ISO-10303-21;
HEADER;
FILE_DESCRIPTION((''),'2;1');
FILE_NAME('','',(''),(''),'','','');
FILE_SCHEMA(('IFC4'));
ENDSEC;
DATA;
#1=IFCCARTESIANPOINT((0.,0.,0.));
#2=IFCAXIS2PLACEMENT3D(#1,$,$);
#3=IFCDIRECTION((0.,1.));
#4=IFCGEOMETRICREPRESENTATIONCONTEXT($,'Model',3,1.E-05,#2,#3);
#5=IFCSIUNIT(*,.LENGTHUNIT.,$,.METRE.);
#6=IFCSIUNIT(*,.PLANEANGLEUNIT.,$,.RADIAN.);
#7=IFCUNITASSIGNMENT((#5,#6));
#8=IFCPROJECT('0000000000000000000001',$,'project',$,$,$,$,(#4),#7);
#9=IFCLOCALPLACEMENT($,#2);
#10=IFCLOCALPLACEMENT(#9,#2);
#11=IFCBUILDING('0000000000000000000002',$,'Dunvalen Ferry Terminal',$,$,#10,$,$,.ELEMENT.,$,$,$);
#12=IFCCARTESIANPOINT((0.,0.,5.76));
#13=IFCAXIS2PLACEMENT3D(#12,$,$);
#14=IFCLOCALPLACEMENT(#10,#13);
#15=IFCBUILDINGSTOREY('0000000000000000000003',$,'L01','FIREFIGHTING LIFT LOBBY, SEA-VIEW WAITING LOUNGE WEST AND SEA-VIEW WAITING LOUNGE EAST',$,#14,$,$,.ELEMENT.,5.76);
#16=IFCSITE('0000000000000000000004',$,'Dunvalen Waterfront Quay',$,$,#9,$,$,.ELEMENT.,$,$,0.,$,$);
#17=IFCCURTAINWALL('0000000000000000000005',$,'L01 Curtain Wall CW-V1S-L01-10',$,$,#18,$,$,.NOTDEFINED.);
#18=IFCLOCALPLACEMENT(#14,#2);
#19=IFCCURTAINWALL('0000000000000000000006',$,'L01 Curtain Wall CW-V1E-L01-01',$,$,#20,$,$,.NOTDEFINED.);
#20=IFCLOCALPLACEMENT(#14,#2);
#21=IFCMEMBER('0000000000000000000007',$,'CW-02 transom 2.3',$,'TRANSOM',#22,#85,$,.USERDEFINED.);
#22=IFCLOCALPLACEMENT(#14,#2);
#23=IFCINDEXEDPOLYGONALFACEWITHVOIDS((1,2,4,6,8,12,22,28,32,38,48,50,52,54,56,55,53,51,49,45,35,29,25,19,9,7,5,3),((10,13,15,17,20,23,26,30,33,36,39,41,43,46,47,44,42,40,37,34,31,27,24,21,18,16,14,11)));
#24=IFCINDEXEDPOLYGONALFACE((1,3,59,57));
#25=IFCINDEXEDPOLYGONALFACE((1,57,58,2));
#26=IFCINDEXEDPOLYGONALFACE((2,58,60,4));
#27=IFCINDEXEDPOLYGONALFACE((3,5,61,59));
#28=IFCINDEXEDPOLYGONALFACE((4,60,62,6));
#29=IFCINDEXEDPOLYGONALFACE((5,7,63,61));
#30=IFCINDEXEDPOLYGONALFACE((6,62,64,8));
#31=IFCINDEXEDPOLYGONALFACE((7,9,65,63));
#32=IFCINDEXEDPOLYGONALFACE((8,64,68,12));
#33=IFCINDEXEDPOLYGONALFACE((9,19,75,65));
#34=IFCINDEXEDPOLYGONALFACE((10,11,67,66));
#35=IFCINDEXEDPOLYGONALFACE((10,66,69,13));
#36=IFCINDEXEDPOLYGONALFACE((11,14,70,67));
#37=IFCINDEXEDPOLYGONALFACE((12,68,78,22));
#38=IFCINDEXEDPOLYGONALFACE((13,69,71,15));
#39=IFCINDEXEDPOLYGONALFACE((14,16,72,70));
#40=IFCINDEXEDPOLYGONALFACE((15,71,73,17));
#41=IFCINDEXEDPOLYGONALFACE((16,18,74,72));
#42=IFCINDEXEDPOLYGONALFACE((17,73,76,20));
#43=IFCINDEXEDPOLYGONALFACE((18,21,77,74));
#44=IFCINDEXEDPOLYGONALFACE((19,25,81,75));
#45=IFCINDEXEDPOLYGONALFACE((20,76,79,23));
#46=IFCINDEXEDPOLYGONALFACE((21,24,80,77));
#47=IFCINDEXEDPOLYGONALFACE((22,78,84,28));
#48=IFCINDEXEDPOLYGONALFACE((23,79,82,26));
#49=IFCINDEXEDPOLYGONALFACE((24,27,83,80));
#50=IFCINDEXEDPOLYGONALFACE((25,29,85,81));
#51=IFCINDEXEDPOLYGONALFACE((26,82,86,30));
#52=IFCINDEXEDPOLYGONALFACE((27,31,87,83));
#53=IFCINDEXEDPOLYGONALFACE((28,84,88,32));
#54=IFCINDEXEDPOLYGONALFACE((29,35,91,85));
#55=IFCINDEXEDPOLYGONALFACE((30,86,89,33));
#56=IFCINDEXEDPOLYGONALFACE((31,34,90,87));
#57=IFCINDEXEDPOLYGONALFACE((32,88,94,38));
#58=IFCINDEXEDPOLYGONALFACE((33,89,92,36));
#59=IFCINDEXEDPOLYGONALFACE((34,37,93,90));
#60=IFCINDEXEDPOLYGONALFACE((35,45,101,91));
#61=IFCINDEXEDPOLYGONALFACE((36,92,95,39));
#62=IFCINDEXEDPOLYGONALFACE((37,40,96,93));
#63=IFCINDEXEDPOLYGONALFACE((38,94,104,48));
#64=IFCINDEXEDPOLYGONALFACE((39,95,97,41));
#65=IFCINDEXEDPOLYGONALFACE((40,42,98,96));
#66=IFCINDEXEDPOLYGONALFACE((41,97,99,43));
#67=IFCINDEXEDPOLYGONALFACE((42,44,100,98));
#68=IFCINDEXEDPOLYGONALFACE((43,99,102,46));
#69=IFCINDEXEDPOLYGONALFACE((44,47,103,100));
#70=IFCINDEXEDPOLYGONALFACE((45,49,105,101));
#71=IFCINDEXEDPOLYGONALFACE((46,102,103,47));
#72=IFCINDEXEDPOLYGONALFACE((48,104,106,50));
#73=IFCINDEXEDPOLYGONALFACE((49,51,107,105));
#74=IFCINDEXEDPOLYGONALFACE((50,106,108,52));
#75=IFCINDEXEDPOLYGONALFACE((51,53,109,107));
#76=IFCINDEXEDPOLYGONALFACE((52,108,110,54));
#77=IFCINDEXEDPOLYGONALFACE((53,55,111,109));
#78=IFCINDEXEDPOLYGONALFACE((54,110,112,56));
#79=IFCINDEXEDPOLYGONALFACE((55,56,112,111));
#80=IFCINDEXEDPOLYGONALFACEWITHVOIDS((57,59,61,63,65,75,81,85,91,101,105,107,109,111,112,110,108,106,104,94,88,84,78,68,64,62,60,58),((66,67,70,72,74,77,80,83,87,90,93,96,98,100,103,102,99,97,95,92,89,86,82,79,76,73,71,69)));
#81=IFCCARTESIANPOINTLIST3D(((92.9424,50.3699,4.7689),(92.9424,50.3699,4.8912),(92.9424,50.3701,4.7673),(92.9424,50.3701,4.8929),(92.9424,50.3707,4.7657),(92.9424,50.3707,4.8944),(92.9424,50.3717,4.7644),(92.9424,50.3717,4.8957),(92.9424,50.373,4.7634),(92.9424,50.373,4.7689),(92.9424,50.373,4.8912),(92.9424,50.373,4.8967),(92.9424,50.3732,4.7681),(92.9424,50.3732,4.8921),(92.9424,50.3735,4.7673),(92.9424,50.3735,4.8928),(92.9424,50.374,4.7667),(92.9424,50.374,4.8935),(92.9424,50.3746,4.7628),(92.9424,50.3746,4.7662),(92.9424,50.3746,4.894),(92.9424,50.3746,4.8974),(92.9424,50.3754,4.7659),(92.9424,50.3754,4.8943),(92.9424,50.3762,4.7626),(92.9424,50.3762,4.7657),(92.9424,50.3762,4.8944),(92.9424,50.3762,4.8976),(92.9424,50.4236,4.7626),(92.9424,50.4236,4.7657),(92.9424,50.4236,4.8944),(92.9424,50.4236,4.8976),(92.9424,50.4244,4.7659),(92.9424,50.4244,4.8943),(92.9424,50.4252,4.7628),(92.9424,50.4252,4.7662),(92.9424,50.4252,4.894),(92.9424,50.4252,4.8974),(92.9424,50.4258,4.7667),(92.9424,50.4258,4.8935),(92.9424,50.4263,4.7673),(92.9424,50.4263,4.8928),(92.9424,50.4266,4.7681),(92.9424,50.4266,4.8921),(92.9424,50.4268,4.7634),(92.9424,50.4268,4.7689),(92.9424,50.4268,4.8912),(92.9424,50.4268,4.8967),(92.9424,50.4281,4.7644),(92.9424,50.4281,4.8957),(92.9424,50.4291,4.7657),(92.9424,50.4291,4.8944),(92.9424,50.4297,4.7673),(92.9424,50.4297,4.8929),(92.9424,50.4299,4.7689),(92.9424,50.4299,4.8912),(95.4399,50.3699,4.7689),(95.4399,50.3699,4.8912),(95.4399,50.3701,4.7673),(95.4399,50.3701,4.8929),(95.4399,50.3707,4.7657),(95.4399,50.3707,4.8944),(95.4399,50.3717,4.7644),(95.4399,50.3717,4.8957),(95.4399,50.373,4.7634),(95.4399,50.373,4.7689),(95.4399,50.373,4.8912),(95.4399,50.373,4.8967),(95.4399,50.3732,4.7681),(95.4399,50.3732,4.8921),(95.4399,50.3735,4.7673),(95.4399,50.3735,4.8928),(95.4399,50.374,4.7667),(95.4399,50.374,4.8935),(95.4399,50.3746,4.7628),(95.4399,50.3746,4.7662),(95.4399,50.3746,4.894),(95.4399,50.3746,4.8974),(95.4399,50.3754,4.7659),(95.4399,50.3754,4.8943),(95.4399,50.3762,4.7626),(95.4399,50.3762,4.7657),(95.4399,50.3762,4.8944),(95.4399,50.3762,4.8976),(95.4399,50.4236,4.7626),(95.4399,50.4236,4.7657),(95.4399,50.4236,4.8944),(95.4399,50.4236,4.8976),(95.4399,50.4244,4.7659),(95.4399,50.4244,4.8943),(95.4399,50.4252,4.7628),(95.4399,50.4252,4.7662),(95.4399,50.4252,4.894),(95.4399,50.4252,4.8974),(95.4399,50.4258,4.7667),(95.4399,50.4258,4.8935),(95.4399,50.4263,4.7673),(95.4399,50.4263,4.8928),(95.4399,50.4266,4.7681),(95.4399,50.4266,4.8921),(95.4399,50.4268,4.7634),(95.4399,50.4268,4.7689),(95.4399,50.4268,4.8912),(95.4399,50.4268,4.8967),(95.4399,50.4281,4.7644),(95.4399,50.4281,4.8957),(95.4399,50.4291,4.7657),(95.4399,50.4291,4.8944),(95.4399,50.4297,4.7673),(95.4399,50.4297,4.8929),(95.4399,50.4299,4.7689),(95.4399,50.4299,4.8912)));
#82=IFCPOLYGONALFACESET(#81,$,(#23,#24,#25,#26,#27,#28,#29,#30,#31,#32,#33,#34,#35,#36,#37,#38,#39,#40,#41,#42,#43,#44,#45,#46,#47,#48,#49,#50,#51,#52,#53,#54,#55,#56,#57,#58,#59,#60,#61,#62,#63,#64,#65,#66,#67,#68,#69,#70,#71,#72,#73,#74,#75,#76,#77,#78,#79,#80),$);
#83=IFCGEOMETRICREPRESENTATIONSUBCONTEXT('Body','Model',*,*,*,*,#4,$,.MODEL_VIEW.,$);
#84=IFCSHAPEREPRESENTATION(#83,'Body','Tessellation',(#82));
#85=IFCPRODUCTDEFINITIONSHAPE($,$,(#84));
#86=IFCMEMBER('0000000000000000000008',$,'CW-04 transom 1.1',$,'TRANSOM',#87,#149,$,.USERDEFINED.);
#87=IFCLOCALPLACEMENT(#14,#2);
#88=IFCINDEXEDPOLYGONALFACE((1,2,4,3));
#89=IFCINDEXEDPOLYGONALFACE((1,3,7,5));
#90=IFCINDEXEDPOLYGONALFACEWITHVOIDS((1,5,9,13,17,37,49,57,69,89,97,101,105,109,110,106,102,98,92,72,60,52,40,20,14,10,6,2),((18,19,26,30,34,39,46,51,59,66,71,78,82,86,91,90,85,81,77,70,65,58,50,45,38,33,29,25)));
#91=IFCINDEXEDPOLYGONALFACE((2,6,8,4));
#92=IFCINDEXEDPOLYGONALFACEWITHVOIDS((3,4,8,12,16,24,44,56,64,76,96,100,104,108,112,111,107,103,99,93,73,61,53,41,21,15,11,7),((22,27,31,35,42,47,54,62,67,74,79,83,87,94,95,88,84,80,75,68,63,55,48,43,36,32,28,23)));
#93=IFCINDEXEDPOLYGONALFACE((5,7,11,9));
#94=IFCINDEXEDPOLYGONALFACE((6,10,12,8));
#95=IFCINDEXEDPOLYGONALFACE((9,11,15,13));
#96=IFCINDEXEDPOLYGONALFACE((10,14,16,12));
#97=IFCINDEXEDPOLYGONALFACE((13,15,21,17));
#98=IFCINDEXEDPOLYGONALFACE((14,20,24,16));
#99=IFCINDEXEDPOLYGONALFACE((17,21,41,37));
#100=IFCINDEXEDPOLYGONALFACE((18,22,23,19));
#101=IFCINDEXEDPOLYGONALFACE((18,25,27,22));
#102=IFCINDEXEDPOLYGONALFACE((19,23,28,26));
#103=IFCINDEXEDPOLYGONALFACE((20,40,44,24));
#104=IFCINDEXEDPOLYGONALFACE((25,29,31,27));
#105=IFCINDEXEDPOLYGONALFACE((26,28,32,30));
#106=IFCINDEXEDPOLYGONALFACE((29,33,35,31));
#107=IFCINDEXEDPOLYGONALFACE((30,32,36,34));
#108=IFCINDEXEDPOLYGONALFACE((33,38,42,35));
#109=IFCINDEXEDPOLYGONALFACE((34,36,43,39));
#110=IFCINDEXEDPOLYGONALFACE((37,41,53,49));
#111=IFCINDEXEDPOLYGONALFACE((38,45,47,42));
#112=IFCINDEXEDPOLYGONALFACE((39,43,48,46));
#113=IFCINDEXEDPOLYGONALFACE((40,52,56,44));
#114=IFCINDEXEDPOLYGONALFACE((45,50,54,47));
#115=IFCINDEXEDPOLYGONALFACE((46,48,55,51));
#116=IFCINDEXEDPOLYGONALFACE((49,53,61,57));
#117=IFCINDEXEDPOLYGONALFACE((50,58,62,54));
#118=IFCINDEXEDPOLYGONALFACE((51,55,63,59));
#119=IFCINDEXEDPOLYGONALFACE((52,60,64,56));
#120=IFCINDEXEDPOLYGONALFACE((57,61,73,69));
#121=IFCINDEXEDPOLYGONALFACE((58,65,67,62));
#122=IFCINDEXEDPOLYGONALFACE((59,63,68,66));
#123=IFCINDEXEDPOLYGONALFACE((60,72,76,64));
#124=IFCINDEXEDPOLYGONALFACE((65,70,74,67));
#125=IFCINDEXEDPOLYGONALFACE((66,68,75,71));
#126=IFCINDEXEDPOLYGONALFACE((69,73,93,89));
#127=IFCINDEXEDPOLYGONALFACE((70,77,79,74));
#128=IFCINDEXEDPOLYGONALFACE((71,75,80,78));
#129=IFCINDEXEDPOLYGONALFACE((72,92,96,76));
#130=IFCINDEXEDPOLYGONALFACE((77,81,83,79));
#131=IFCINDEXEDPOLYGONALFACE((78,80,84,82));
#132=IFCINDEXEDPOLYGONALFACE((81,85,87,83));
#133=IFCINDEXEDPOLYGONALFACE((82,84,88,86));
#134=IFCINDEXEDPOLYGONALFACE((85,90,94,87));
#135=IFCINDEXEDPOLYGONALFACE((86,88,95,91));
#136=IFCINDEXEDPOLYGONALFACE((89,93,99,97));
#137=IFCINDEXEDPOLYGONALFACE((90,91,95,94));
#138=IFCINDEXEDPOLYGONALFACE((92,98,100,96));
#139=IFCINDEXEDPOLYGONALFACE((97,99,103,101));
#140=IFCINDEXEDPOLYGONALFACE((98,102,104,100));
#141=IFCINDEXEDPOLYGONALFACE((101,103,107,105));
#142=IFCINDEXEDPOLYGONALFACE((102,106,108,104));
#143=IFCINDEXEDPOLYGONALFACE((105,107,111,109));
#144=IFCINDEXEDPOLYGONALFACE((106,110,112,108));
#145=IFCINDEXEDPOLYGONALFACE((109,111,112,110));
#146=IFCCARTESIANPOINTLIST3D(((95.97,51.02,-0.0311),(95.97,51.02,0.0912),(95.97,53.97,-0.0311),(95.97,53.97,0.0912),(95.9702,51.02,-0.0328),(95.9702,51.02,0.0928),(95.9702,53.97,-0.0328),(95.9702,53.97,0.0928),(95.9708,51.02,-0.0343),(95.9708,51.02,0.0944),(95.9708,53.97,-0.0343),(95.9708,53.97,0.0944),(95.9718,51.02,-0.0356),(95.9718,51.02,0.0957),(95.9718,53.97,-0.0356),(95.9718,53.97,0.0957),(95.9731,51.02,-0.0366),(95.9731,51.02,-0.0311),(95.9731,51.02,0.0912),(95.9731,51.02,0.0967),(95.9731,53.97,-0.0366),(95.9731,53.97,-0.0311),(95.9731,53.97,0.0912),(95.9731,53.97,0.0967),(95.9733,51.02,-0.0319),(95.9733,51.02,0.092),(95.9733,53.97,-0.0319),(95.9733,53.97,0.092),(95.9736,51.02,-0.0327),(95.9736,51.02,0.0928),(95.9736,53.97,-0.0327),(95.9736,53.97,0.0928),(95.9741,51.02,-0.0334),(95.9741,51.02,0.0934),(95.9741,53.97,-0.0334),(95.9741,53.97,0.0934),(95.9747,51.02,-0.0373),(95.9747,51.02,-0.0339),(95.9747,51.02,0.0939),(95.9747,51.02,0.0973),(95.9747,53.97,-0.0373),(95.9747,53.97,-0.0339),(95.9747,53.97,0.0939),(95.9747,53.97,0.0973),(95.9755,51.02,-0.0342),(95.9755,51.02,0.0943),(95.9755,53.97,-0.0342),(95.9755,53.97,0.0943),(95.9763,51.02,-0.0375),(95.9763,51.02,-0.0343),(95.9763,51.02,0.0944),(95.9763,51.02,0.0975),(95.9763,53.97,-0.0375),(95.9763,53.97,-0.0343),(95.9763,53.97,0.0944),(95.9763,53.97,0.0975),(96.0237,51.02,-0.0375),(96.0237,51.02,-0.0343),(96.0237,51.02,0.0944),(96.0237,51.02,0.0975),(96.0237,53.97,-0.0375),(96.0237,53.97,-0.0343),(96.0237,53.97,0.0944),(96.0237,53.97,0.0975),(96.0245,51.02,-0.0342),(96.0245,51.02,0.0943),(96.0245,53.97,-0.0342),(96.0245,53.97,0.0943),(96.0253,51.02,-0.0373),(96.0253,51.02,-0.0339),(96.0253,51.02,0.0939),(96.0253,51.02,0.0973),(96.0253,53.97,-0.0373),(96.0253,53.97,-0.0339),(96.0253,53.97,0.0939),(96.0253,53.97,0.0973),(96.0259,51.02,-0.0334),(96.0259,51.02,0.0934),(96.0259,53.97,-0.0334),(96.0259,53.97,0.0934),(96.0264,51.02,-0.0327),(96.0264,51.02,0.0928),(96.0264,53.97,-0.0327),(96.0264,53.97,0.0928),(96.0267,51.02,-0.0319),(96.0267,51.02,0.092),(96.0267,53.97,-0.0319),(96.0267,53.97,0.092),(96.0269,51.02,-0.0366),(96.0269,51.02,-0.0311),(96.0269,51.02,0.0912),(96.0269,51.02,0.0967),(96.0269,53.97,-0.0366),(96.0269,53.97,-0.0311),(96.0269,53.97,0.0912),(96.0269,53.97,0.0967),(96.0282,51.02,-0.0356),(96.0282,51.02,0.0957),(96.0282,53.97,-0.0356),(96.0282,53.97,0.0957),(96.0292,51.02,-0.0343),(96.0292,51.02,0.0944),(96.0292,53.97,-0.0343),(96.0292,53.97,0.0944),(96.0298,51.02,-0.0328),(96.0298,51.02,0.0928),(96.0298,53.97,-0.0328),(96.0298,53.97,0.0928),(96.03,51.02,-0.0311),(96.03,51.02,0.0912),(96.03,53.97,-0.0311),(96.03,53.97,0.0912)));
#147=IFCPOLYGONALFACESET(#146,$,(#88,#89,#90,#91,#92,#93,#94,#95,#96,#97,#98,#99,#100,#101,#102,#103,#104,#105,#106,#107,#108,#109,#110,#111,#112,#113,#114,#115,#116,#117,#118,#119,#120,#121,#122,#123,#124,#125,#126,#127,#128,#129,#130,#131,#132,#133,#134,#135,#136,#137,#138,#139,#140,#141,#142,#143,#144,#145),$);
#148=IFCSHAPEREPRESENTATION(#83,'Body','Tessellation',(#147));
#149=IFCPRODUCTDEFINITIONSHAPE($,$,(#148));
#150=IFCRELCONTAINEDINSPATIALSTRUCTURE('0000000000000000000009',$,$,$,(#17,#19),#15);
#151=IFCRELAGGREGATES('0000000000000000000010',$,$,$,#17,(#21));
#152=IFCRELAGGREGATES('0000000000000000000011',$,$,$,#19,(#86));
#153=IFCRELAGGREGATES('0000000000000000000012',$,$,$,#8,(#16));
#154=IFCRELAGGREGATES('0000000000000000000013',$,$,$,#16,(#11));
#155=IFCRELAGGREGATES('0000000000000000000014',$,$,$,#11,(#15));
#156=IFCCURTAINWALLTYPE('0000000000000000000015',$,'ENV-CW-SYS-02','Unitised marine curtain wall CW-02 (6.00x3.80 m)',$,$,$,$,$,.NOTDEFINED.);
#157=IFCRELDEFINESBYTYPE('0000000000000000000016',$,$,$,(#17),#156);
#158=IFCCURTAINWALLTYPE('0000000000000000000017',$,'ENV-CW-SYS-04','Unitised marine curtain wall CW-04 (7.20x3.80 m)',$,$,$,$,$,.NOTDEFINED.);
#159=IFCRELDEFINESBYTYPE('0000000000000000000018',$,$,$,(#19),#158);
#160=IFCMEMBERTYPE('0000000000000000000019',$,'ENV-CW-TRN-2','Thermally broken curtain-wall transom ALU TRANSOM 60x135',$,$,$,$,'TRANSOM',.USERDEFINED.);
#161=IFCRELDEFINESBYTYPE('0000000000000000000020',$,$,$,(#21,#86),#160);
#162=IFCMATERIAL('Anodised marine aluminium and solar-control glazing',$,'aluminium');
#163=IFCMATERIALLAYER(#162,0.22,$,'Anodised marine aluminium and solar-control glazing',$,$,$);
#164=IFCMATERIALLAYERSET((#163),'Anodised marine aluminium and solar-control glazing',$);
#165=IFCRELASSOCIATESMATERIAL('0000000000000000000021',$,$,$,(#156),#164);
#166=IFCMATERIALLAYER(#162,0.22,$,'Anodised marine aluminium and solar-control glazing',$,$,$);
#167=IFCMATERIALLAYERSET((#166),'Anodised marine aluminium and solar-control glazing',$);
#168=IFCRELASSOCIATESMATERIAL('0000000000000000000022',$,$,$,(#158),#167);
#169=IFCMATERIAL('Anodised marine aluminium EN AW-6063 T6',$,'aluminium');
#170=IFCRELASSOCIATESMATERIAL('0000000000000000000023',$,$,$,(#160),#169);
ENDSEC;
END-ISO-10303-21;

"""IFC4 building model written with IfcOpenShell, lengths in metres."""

from ifc_helpers import new_model, si_unit, direction, frame, origin, origin_2d, place, context, subcontext, project, spatial, hollow_rectangle, extrude, material, layer, layer_set, material_profile, profile_set, type_object, element, aggregate, save


model = new_model("IFC4")

# Units and contexts
model_context = context("Model", 3, precision=1e-05, world=origin(), true_north=direction((0.0, 1.0)))
body_context = subcontext(model_context, "Body", "Model", "MODEL_VIEW")
ifc_project = project(units=[si_unit("LENGTHUNIT", "METRE"), si_unit("PLANEANGLEUNIT", "RADIAN")], contexts=[model_context])

# Site, building, storey
site_placement = place(None, origin())
site = spatial("IfcSite", under=ifc_project, at=site_placement, Name="Dunvalen Waterfront Quay", CompositionType="ELEMENT", RefElevation=0.0)
building_placement = place(site_placement, origin())
building = spatial("IfcBuilding", under=site, at=building_placement, Name="Dunvalen Ferry Terminal", CompositionType="ELEMENT")
storey_placement = place(building_placement, frame((0.0, 0.0, 5.76)))
storey = spatial("IfcBuildingStorey", under=building, at=storey_placement, Name="L01", Description="FIREFIGHTING LIFT LOBBY, SEA-VIEW WAITING LOUNGE WEST AND SEA-VIEW WAITING LOUNGE EAST", CompositionType="ELEMENT", Elevation=5.76)

# Curtain walls
ifc_material_1 = material(Name="Anodised marine aluminium and solar-control glazing", Category="aluminium")
ifc_layer_1 = layer(ifc_material_1, 0.22, Name="Anodised marine aluminium and solar-control glazing")
ifc_layer_set_1 = layer_set([ifc_layer_1], Name="Anodised marine aluminium and solar-control glazing")
curtain_wall_type_1 = type_object("IfcCurtainWallType", Name="ENV-CW-SYS-02", Description="Unitised marine curtain wall CW-02 (6.00x3.80 m)", PredefinedType="NOTDEFINED", material=ifc_layer_set_1)
curtain_wall_1_placement = place(storey_placement, origin())
curtain_wall_1 = element("IfcCurtainWall", 1, at=curtain_wall_1_placement, inside=storey, type_object=curtain_wall_type_1, Name="L01 Curtain Wall CW-V1S-L01-10", PredefinedType="NOTDEFINED")
ifc_material_2 = material(Name="Anodised marine aluminium EN AW-6063 T6", Category="aluminium")
ifc_layer_2 = layer(ifc_material_1, 0.22, Name="Anodised marine aluminium and solar-control glazing")
ifc_layer_set_2 = layer_set([ifc_layer_2], Name="Anodised marine aluminium and solar-control glazing")
curtain_wall_type_2 = type_object("IfcCurtainWallType", Name="ENV-CW-SYS-04", Description="Unitised marine curtain wall CW-04 (7.20x3.80 m)", PredefinedType="NOTDEFINED", material=ifc_layer_set_2)
curtain_wall_2_placement = place(storey_placement, origin())
curtain_wall_2 = element("IfcCurtainWall", 2, at=curtain_wall_2_placement, inside=storey, type_object=curtain_wall_type_2, Name="L01 Curtain Wall CW-V1E-L01-01", PredefinedType="NOTDEFINED")

# Members
ifc_material_profile_1 = material_profile(ifc_material_2, hollow_rectangle(XDim=0.0601, YDim=0.135, WallThickness=0.0032, InnerFilletRadius=0.0032, OuterFilletRadius=0.0063, at=origin_2d()), Name="Anodised marine aluminium EN AW-6063 T6")
ifc_profile_set_1 = profile_set([ifc_material_profile_1], Name="Anodised marine aluminium EN AW-6063 T6")
member_type_1 = type_object("IfcMemberType", Name="ENV-CW-TRN-2", Description="Thermally broken curtain-wall transom ALU TRANSOM 60x135", ElementType="TRANSOM", PredefinedType="USERDEFINED", material=ifc_profile_set_1)
member_1_placement = place(storey_placement, frame((92.9424, 50.3999, 4.8301), z_axis=(1.0, 0.0, 0.0), x_axis=(0.0, 1.0, 0.0)))
member_1 = element("IfcMember", 3, at=member_1_placement, type_object=member_type_1, Name="CW-02 transom 2.3", ObjectType="TRANSOM", PredefinedType="USERDEFINED", context=body_context, shape_type="SweptSolid", body=[
    extrude(hollow_rectangle(XDim=0.0601, YDim=0.135, WallThickness=0.0032, InnerFilletRadius=0.0032, OuterFilletRadius=0.0063, at=origin_2d()), origin(), (0.0, 0.0, 1.0), 2.4976),
])
member_2_placement = place(storey_placement, frame((96.0, 51.02, 0.03), z_axis=(0.0, 1.0, 0.0), x_axis=(-1.0, 0.0, 0.0)))
member_2 = element("IfcMember", 4, at=member_2_placement, type_object=member_type_1, Name="CW-04 transom 1.1", ObjectType="TRANSOM", PredefinedType="USERDEFINED", context=body_context, shape_type="SweptSolid", body=[
    extrude(hollow_rectangle(XDim=0.0601, YDim=0.135, WallThickness=0.0032, InnerFilletRadius=0.0032, OuterFilletRadius=0.0063, at=origin_2d()), origin(), (0.0, 0.0, 1.0), 2.95),
])

aggregate(curtain_wall_1, [member_1])
aggregate(curtain_wall_2, [member_2])

save(model, "model.ifc")
